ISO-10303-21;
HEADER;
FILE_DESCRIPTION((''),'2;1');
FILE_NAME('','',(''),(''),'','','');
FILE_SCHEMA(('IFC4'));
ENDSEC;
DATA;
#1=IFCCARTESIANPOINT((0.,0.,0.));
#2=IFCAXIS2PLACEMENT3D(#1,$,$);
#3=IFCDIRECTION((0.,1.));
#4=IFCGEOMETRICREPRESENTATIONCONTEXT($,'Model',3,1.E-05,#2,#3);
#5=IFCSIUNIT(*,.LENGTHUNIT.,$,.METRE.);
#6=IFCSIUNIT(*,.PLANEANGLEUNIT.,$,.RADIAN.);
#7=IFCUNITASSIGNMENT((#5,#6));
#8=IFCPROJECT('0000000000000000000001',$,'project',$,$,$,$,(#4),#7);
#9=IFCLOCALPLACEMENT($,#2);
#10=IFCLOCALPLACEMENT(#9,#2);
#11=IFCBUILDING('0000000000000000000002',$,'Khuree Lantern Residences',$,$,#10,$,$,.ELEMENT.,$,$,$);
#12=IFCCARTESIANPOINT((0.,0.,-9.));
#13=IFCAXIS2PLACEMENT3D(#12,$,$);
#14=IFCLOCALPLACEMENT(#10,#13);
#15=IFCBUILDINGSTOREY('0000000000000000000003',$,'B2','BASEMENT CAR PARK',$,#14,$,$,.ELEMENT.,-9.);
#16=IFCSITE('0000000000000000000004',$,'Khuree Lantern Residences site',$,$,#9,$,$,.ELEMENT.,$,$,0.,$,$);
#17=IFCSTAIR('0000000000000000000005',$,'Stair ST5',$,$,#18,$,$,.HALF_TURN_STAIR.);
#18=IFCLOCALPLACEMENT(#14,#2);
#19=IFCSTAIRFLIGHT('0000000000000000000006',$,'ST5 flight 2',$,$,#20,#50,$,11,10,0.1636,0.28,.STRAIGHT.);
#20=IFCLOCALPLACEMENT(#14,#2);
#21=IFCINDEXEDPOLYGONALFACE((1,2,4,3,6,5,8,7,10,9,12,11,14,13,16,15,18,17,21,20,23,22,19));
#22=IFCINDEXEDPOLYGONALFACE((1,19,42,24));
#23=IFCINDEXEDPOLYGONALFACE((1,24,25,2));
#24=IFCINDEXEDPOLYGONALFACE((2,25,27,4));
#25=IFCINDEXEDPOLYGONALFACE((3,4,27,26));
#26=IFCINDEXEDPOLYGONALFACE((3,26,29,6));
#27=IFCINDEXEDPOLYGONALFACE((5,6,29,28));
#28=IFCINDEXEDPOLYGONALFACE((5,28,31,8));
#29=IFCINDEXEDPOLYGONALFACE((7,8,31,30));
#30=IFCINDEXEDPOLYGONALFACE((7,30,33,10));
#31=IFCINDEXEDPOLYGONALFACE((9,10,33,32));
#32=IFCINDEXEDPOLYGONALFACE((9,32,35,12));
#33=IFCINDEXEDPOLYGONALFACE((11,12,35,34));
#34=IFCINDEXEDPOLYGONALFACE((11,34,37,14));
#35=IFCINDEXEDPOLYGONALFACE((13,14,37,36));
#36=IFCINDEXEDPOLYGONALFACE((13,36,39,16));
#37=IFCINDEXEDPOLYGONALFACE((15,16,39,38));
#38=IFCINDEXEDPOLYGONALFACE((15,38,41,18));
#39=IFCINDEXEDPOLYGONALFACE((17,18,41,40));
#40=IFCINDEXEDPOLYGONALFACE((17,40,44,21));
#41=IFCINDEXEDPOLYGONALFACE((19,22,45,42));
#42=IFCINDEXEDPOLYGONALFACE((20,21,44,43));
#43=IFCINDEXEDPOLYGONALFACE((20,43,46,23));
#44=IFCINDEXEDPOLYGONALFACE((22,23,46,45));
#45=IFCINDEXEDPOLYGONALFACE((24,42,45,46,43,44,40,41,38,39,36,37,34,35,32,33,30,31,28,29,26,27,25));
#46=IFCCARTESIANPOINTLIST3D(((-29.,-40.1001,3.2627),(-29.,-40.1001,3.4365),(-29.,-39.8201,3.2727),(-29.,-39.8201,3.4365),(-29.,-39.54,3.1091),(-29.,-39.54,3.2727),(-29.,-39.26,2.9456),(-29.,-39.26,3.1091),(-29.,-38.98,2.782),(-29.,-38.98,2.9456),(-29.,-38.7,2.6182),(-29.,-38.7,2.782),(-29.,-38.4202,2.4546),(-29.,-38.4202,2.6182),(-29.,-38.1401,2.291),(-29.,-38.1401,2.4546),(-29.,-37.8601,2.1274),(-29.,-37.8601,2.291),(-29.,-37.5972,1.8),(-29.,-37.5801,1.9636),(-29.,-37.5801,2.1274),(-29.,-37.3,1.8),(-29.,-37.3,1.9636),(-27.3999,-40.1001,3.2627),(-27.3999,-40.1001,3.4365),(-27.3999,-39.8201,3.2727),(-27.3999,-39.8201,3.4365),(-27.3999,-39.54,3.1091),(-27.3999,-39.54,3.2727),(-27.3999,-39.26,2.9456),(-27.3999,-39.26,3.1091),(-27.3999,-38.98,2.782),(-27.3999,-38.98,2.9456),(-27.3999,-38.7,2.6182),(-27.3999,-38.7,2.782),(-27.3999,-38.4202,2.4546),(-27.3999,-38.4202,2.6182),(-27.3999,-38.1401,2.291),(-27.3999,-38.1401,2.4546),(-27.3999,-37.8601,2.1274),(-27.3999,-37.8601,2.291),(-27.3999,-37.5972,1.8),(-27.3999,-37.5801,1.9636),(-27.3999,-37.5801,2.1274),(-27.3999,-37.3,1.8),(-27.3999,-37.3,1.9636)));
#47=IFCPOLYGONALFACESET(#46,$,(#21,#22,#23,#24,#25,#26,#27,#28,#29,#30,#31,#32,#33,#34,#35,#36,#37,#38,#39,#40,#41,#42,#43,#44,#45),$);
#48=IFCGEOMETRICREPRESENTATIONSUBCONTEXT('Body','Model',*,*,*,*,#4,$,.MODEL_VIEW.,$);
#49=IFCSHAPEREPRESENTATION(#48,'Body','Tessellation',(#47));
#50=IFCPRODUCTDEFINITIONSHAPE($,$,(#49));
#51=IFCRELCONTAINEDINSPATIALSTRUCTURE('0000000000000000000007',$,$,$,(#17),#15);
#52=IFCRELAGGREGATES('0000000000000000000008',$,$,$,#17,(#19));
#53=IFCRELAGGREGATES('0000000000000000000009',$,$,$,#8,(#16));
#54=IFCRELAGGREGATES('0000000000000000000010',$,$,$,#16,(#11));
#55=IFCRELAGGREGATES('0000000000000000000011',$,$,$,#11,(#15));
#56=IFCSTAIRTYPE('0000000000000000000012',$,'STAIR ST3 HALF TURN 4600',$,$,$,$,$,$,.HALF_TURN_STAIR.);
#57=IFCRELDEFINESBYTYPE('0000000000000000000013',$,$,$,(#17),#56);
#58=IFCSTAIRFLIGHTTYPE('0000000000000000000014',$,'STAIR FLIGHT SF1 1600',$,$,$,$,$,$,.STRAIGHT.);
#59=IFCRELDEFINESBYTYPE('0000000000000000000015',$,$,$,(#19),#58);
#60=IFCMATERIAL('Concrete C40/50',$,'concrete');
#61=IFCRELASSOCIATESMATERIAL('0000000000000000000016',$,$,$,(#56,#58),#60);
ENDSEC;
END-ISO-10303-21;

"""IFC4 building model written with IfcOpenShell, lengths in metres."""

from ifc_helpers import new_model, si_unit, direction, frame, origin, place, context, subcontext, project, spatial, polyline, outline, extrude, material, type_object, element, aggregate, save


model = new_model("IFC4")

# Units and contexts
model_context = context("Model", 3, precision=1e-05, world=origin(), true_north=direction((0.0, 1.0)))
body_context = subcontext(model_context, "Body", "Model", "MODEL_VIEW")
ifc_project = project(units=[si_unit("LENGTHUNIT", "METRE"), si_unit("PLANEANGLEUNIT", "RADIAN")], contexts=[model_context])

# Site, building, storey
site_placement = place(None, origin())
site = spatial("IfcSite", under=ifc_project, at=site_placement, Name="Khuree Lantern Residences site", CompositionType="ELEMENT", RefElevation=0.0)
building_placement = place(site_placement, origin())
building = spatial("IfcBuilding", under=site, at=building_placement, Name="Khuree Lantern Residences", CompositionType="ELEMENT")
storey_placement = place(building_placement, frame((0.0, 0.0, -9.0)))
storey = spatial("IfcBuildingStorey", under=building, at=storey_placement, Name="B2", Description="BASEMENT CAR PARK", CompositionType="ELEMENT", Elevation=-9.0)

# Shared definitions
ifc_material_1 = material(Name="Concrete C40/50", Category="concrete")

# Stair, stair flight
stair_type = type_object("IfcStairType", Name="STAIR ST3 HALF TURN 4600", PredefinedType="HALF_TURN_STAIR", material=ifc_material_1)
stair_placement = place(storey_placement, origin())
stair = element("IfcStair", 1, at=stair_placement, inside=storey, type_object=stair_type, Name="Stair ST5", PredefinedType="HALF_TURN_STAIR")
stair_flight_type = type_object("IfcStairFlightType", Name="STAIR FLIGHT SF1 1600", PredefinedType="STRAIGHT", material=ifc_material_1)
stair_flight_placement = place(storey_placement, frame((-28.2, -37.3, 1.8), z_axis=(0.0, 0.0, 1.0), x_axis=(0.0, -1.0, 0.0)))
stair_flight = element("IfcStairFlight", 2, at=stair_flight_placement, type_object=stair_flight_type, Name="ST5 flight 2", NumberOfRisers=11, NumberOfTreads=10, PredefinedType="STRAIGHT", RiserHeight=0.1636, TreadLength=0.28, context=body_context, shape_type="SweptSolid", body=[
    extrude(outline(polyline([(0.0, 0.0), (0.0, 0.1636), (0.28, 0.1636), (0.28, 0.3274), (0.5601, 0.3274), (0.5601, 0.491), (0.8401, 0.491), (0.8401, 0.6545), (1.1201, 0.6545), (1.1201, 0.8181), (1.3999, 0.8181), (1.3999, 0.9819), (1.6799, 0.9819), (1.6799, 1.1455), (1.96, 1.1455), (1.96, 1.3091), (2.24, 1.3091), (2.24, 1.4727), (2.52, 1.4727), (2.52, 1.6365), (2.8, 1.6365), (2.8, 1.8), (2.8, 1.4626), (0.2971, 0.0), (0.0, 0.0)])), frame((0.0, 0.8, 0.0), z_axis=(0.0, -1.0, 0.0), x_axis=(1.0, 0.0, 0.0)), (0.0, 0.0, 1.0), 1.6001),
])
aggregate(stair, [stair_flight])

save(model, "model.ifc")
